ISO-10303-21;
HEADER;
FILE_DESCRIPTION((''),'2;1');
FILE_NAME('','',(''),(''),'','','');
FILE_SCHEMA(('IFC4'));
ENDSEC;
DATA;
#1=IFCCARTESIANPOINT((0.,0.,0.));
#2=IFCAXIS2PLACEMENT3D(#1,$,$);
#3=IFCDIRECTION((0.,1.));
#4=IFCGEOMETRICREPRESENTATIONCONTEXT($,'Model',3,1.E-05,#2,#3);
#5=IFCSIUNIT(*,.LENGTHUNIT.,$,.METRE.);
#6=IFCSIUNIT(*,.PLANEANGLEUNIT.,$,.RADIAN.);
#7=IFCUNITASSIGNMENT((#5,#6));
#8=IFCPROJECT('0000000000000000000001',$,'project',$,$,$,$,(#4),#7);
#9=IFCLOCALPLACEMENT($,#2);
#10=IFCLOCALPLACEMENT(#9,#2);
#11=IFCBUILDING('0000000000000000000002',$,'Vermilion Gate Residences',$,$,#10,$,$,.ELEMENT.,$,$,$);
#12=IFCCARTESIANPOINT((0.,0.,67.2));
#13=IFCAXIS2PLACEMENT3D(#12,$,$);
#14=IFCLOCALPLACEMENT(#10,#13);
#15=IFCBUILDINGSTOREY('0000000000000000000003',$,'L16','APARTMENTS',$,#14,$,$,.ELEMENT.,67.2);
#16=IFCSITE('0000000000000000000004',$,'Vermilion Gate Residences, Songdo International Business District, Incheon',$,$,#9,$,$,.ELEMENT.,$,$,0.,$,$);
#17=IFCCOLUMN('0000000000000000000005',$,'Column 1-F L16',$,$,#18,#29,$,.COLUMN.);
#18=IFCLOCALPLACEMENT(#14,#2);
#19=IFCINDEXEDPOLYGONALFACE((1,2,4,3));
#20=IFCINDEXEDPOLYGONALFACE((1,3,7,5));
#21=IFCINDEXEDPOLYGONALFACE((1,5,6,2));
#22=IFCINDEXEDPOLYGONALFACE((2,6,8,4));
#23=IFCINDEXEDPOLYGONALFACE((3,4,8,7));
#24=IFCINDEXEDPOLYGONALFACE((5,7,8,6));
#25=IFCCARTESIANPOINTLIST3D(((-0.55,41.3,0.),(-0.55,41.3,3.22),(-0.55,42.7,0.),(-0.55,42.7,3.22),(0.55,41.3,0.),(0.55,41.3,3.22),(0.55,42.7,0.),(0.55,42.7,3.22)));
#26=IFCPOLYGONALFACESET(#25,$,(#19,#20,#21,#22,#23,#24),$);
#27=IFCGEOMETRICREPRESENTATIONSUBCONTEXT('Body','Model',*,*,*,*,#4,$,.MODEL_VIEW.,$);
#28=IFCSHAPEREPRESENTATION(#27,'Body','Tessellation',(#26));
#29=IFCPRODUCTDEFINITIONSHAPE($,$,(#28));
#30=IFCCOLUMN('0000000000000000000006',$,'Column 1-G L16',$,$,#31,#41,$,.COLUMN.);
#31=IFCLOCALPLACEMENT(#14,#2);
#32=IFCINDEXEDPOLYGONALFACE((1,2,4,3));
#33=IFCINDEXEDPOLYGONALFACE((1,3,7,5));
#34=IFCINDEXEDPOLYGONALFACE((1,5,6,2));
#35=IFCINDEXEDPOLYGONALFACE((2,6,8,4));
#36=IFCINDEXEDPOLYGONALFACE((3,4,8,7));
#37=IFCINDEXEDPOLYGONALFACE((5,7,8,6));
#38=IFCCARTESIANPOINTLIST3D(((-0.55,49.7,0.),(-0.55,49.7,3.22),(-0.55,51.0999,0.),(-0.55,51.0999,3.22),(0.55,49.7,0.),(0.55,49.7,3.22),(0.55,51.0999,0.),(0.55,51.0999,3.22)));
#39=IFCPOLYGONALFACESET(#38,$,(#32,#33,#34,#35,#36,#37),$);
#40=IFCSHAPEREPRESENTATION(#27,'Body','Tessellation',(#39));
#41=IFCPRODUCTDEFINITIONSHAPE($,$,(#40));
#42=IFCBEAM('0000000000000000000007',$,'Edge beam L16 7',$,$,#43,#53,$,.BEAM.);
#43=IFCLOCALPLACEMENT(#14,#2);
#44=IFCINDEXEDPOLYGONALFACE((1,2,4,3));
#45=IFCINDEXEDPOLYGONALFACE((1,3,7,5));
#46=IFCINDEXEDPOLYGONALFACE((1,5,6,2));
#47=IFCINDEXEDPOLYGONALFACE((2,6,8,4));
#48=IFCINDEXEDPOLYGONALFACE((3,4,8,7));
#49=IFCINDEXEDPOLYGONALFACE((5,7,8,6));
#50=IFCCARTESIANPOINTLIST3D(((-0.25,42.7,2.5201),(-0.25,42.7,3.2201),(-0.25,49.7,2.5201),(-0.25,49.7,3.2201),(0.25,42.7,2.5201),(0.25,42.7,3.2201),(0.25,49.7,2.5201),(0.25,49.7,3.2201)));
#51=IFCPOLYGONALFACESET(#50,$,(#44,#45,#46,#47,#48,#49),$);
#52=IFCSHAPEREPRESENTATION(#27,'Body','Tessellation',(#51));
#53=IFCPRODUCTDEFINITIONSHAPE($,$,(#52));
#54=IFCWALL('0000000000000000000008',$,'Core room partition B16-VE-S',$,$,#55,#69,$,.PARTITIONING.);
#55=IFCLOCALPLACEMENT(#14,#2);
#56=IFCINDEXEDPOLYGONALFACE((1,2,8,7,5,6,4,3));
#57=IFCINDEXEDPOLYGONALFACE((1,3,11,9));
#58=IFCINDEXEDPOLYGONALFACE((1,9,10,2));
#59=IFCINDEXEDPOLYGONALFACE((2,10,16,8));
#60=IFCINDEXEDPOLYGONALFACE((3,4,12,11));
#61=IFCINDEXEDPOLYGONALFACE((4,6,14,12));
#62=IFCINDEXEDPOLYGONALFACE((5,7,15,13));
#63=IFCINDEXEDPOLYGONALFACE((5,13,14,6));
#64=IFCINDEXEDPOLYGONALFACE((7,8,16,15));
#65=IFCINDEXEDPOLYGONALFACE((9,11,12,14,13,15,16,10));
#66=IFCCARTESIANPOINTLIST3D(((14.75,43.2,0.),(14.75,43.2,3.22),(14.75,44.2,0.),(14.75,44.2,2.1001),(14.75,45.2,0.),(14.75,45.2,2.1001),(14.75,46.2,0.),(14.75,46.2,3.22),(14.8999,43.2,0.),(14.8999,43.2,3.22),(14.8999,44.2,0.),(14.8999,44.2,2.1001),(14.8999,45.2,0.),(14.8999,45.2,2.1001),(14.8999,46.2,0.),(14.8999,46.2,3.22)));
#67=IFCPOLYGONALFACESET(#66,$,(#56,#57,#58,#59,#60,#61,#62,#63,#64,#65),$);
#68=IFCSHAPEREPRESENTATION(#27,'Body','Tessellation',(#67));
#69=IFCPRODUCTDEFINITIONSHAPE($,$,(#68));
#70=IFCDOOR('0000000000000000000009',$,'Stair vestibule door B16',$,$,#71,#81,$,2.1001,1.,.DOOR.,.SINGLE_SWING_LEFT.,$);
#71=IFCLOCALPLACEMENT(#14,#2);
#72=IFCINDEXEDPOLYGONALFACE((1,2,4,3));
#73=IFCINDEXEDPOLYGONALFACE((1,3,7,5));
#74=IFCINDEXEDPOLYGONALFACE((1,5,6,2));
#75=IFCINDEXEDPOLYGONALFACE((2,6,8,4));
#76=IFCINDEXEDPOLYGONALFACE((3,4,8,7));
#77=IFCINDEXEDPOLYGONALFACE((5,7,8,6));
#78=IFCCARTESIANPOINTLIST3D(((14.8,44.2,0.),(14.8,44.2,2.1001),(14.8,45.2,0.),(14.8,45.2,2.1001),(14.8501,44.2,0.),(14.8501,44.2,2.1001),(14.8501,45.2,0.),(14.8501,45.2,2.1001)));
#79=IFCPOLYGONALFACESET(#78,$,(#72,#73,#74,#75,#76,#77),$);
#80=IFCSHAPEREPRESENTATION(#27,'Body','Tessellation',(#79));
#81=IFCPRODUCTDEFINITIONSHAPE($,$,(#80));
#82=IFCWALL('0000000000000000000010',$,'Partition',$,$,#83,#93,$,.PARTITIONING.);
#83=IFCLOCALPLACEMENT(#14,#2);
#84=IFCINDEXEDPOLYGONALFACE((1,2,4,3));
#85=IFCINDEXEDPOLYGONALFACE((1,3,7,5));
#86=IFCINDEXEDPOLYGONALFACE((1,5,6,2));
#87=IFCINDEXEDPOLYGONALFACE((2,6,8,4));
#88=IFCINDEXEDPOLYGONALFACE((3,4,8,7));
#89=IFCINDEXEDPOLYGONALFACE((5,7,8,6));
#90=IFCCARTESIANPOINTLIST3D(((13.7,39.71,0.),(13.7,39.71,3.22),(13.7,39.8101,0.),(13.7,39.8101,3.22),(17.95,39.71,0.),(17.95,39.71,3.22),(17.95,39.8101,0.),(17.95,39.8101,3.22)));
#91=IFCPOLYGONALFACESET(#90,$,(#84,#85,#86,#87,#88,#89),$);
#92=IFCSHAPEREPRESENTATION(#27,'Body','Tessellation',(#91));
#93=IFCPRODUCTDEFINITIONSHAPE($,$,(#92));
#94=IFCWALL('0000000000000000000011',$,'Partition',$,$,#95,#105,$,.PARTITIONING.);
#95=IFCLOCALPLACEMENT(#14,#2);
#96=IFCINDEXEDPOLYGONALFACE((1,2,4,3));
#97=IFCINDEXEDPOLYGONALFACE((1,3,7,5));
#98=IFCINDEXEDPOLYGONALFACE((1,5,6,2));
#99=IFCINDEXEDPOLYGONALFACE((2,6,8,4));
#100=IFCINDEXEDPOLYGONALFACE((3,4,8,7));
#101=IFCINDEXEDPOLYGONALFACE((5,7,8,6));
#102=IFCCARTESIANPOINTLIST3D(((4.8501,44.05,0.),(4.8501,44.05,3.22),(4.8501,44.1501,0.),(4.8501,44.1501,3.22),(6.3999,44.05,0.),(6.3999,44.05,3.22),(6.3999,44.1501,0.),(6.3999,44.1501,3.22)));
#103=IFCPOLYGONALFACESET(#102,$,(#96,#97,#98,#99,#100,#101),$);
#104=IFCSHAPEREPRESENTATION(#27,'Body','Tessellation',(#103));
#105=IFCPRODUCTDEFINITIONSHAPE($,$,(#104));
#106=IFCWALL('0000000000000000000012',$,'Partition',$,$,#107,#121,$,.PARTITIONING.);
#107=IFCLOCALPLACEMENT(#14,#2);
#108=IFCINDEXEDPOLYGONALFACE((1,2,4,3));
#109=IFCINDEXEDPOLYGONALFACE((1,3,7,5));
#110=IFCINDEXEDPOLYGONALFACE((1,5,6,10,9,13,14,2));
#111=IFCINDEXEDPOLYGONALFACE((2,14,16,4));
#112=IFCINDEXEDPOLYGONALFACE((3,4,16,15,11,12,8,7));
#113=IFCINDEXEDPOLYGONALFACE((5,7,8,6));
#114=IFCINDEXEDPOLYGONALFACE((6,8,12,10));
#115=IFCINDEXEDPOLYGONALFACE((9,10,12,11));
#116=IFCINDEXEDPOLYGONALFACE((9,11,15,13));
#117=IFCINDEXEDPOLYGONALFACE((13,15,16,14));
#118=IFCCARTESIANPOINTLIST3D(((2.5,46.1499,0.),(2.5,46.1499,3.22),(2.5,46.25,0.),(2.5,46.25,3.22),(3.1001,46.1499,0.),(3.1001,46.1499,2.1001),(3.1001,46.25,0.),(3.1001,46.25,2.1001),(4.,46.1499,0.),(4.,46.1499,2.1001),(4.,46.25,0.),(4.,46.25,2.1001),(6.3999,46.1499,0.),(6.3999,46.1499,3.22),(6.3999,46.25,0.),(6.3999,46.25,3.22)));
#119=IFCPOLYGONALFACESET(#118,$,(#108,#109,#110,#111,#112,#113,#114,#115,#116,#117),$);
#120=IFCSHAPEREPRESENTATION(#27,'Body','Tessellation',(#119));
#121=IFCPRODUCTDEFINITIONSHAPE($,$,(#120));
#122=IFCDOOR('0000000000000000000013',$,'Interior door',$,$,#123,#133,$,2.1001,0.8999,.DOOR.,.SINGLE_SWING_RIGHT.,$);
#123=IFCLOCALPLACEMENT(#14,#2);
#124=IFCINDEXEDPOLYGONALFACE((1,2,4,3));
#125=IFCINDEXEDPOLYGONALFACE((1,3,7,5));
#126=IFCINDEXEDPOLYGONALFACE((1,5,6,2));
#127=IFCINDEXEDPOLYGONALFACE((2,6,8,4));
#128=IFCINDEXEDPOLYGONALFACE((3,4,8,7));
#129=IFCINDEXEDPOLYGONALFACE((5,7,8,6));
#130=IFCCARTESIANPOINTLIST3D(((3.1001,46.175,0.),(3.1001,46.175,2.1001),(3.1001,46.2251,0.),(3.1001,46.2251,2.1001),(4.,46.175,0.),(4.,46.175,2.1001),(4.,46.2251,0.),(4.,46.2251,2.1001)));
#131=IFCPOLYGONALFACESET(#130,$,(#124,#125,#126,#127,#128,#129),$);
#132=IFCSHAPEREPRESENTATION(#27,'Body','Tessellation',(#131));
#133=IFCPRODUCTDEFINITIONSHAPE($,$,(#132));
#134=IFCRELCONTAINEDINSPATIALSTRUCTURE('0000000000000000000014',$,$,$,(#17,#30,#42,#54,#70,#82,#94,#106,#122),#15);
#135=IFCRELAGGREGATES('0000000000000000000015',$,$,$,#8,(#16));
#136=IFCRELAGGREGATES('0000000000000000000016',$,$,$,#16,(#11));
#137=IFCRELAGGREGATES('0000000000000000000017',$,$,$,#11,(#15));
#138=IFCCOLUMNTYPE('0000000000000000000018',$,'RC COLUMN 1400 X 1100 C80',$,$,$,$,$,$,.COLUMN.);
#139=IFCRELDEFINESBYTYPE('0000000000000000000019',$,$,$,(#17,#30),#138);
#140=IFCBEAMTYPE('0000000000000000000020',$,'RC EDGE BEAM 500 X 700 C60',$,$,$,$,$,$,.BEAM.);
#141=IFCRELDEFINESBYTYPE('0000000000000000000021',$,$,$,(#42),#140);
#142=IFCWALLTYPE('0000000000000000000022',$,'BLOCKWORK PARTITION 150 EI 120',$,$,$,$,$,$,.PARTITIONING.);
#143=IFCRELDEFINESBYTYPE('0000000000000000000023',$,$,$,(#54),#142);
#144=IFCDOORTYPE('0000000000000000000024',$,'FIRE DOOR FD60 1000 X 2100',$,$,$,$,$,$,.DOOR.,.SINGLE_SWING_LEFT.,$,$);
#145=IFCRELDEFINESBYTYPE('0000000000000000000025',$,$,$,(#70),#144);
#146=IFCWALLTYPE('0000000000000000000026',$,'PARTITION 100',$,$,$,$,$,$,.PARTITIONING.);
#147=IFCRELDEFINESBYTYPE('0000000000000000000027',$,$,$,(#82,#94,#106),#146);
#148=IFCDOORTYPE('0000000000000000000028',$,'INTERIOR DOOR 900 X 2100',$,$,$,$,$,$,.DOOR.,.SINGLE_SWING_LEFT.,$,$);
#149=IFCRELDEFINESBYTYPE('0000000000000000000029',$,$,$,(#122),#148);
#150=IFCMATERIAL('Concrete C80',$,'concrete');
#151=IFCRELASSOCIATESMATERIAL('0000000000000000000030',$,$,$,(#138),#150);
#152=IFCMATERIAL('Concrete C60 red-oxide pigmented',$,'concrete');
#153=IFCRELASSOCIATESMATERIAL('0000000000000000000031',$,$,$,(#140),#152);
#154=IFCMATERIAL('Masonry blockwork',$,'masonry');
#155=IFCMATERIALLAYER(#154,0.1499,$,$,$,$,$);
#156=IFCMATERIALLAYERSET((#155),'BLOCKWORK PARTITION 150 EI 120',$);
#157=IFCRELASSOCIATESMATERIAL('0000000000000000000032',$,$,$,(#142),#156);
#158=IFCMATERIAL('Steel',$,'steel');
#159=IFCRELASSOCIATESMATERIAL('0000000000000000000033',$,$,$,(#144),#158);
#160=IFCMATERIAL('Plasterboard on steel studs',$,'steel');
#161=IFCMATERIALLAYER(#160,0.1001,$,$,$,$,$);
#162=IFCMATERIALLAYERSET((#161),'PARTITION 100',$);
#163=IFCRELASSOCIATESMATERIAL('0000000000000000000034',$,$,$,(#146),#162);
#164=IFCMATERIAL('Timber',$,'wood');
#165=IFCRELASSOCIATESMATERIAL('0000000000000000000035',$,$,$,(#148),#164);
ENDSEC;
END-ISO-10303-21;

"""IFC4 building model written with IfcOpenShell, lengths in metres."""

from ifc_helpers import new_model, si_unit, direction, frame, frame_2d, origin, origin_2d, place, context, subcontext, project, spatial, rectangle, extrude, material, layer, layer_set, material_profile, profile_set, type_object, element, fill, save


model = new_model("IFC4")

# Units and contexts
model_context = context("Model", 3, precision=1e-05, world=origin(), true_north=direction((0.0, 1.0)))
body_context = subcontext(model_context, "Body", "Model", "MODEL_VIEW")
ifc_project = project(units=[si_unit("LENGTHUNIT", "METRE"), si_unit("PLANEANGLEUNIT", "RADIAN")], contexts=[model_context])

# Site, building, storey
site_placement = place(None, origin())
site = spatial("IfcSite", under=ifc_project, at=site_placement, Name="Vermilion Gate Residences, Songdo International Business District, Incheon", CompositionType="ELEMENT", RefElevation=0.0)
building_placement = place(site_placement, origin())
building = spatial("IfcBuilding", under=site, at=building_placement, Name="Vermilion Gate Residences", CompositionType="ELEMENT")
storey_placement = place(building_placement, frame((0.0, 0.0, 67.2)))
storey = spatial("IfcBuildingStorey", under=building, at=storey_placement, Name="L16", Description="APARTMENTS", CompositionType="ELEMENT", Elevation=67.2)

# Columns
ifc_material_1 = material(Name="Concrete C80", Category="concrete")
ifc_material_profile_1 = material_profile(ifc_material_1, rectangle(XDim=1.3999, YDim=1.1001, at=origin_2d()), Name="RC-1400x1100")
ifc_profile_set_1 = profile_set([ifc_material_profile_1], Name="Concrete C80")
column_type = type_object("IfcColumnType", Name="RC COLUMN 1400 X 1100 C80", PredefinedType="COLUMN", material=ifc_profile_set_1)
for number, where, z_axis, x_axis, name in (
    (1, (0.0, 42.0, 0.0), (0.0, 0.0, 1.0), (0.0, 1.0, 0.0), "Column 1-F L16"),
    (2, (0.0, 50.3999, 0.0), (0.0, 0.0, 1.0), (0.0, 1.0, 0.0), "Column 1-G L16"),
):
    element("IfcColumn", number, at=place(storey_placement, frame(where, z_axis=z_axis, x_axis=x_axis)), inside=storey, type_object=column_type, Name=name, PredefinedType="COLUMN", context=body_context, shape_type="SweptSolid", body=[
        extrude(rectangle(XDim=1.3999, YDim=1.1001, at=origin_2d()), origin(), (0.0, 0.0, 1.0), 3.22),
    ])

# Beam
ifc_material_2 = material(Name="Concrete C60 red-oxide pigmented", Category="concrete")
ifc_material_profile_2 = material_profile(ifc_material_2, rectangle(XDim=0.5, YDim=0.7, at=origin_2d()), Name="RC-500x700")
ifc_profile_set_2 = profile_set([ifc_material_profile_2], Name="Concrete C60 red-oxide pigmented")
beam_type = type_object("IfcBeamType", Name="RC EDGE BEAM 500 X 700 C60", PredefinedType="BEAM", material=ifc_profile_set_2)
beam_placement = place(storey_placement, frame((0.0, 42.7, 2.8701), z_axis=(0.0, 1.0, 0.0), x_axis=(-1.0, 0.0, 0.0)))
element("IfcBeam", 3, at=beam_placement, inside=storey, type_object=beam_type, Name="Edge beam L16 7", PredefinedType="BEAM", context=body_context, shape_type="SweptSolid", body=[
    extrude(rectangle(XDim=0.5, YDim=0.7, at=origin_2d()), origin(), (0.0, 0.0, 1.0), 7.0),
])

# Wall, opening, door
ifc_material_3 = material(Name="Masonry blockwork", Category="masonry")
ifc_layer_1 = layer(ifc_material_3, 0.1499)
ifc_layer_set_1 = layer_set([ifc_layer_1], Name="BLOCKWORK PARTITION 150 EI 120")
wall_type_1 = type_object("IfcWallType", Name="BLOCKWORK PARTITION 150 EI 120", PredefinedType="PARTITIONING", material=ifc_layer_set_1)
wall_1_placement = place(storey_placement, frame((14.825, 46.2, 0.0), z_axis=(0.0, 0.0, 1.0), x_axis=(0.0, -1.0, 0.0)))
wall_1 = element("IfcWall", 4, at=wall_1_placement, inside=storey, type_object=wall_type_1, Name="Core room partition B16-VE-S", PredefinedType="PARTITIONING", context=body_context, shape_type="SweptSolid", body=[
    extrude(rectangle(XDim=3.0, YDim=0.1499, at=frame_2d((1.5, 0.0))), origin(), (0.0, 0.0, 1.0), 3.22),
])
opening_1_placement = place(wall_1_placement, frame((1.0, 0.0, 0.0)))
opening_1 = element("IfcOpeningElement", 5, at=opening_1_placement, cuts=wall_1, PredefinedType="OPENING", context=body_context, shape_type="SweptSolid", body=[
    extrude(rectangle(XDim=1.0, YDim=2.1001, at=frame_2d((0.5, 1.05))), frame((0.0, 0.085, 0.0), z_axis=(0.0, -1.0, 0.0), x_axis=(1.0, 0.0, 0.0)), (0.0, 0.0, 1.0), 0.1699),
])
ifc_material_4 = material(Name="Steel", Category="steel")
door_type_1 = type_object("IfcDoorType", Name="FIRE DOOR FD60 1000 X 2100", OperationType="SINGLE_SWING_LEFT", PredefinedType="DOOR", material=ifc_material_4)
door_1_placement = place(opening_1_placement, frame((1.0, 0.0, 0.0), z_axis=(0.0, 0.0, 1.0), x_axis=(-1.0, 0.0, 0.0)))
door_1 = element("IfcDoor", 6, at=door_1_placement, inside=storey, type_object=door_type_1, Name="Stair vestibule door B16", OperationType="SINGLE_SWING_LEFT", OverallHeight=2.1001, OverallWidth=1.0, PredefinedType="DOOR", context=body_context, shape_type="SweptSolid", body=[
    extrude(rectangle(XDim=1.0, YDim=2.1001, at=frame_2d((0.5, 1.05))), frame((0.0, 0.0249, 0.0), z_axis=(0.0, -1.0, 0.0), x_axis=(1.0, 0.0, 0.0)), (0.0, 0.0, 1.0), 0.05),
])
fill(opening_1, door_1)

# Walls
ifc_material_5 = material(Name="Plasterboard on steel studs", Category="steel")
ifc_layer_2 = layer(ifc_material_5, 0.1001)
ifc_layer_set_2 = layer_set([ifc_layer_2], Name="PARTITION 100")
wall_type_2 = type_object("IfcWallType", Name="PARTITION 100", PredefinedType="PARTITIONING", material=ifc_layer_set_2)
wall_2_placement = place(storey_placement, frame((13.7, 39.76, 0.0), z_axis=(0.0, 0.0, 1.0), x_axis=(1.0, 0.0, 0.0)))
element("IfcWall", 7, at=wall_2_placement, inside=storey, type_object=wall_type_2, Name="Partition", PredefinedType="PARTITIONING", context=body_context, shape_type="SweptSolid", body=[
    extrude(rectangle(XDim=4.25, YDim=0.1001, at=frame_2d((2.125, 0.0))), origin(), (0.0, 0.0, 1.0), 3.22),
])
wall_3_placement = place(storey_placement, frame((4.8501, 44.1001, 0.0), z_axis=(0.0, 0.0, 1.0), x_axis=(1.0, 0.0, 0.0)))
element("IfcWall", 8, at=wall_3_placement, inside=storey, type_object=wall_type_2, Name="Partition", PredefinedType="PARTITIONING", context=body_context, shape_type="SweptSolid", body=[
    extrude(rectangle(XDim=1.5498, YDim=0.1001, at=frame_2d((0.7749, 0.0))), origin(), (0.0, 0.0, 1.0), 3.22),
])

# Wall, opening, door
wall_4_placement = place(storey_placement, frame((2.5, 46.2, 0.0), z_axis=(0.0, 0.0, 1.0), x_axis=(1.0, 0.0, 0.0)))
wall_4 = element("IfcWall", 9, at=wall_4_placement, inside=storey, type_object=wall_type_2, Name="Partition", PredefinedType="PARTITIONING", context=body_context, shape_type="SweptSolid", body=[
    extrude(rectangle(XDim=3.8999, YDim=0.1001, at=frame_2d((1.95, 0.0))), origin(), (0.0, 0.0, 1.0), 3.22),
])
opening_2_placement = place(wall_4_placement, frame((0.6001, 0.0, 0.0)))
opening_2 = element("IfcOpeningElement", 10, at=opening_2_placement, cuts=wall_4, PredefinedType="OPENING", context=body_context, shape_type="SweptSolid", body=[
    extrude(rectangle(XDim=0.8999, YDim=2.1001, at=frame_2d((0.45, 1.05))), frame((0.0, 0.0601, 0.0), z_axis=(0.0, -1.0, 0.0), x_axis=(1.0, 0.0, 0.0)), (0.0, 0.0, 1.0), 0.1201),
])
ifc_material_6 = material(Name="Timber", Category="wood")
door_type_2 = type_object("IfcDoorType", Name="INTERIOR DOOR 900 X 2100", OperationType="SINGLE_SWING_LEFT", PredefinedType="DOOR", material=ifc_material_6)
door_2_placement = place(opening_2_placement, frame((0.8999, 0.0, 0.0), z_axis=(0.0, 0.0, 1.0), x_axis=(-1.0, 0.0, 0.0)))
door_2 = element("IfcDoor", 11, at=door_2_placement, inside=storey, type_object=door_type_2, Name="Interior door", OperationType="SINGLE_SWING_RIGHT", OverallHeight=2.1001, OverallWidth=0.8999, PredefinedType="DOOR", context=body_context, shape_type="SweptSolid", body=[
    extrude(rectangle(XDim=0.8999, YDim=2.1001, at=frame_2d((0.45, 1.05))), frame((0.0, 0.0249, 0.0), z_axis=(0.0, -1.0, 0.0), x_axis=(1.0, 0.0, 0.0)), (0.0, 0.0, 1.0), 0.05),
])
fill(opening_2, door_2)

save(model, "model.ifc")
